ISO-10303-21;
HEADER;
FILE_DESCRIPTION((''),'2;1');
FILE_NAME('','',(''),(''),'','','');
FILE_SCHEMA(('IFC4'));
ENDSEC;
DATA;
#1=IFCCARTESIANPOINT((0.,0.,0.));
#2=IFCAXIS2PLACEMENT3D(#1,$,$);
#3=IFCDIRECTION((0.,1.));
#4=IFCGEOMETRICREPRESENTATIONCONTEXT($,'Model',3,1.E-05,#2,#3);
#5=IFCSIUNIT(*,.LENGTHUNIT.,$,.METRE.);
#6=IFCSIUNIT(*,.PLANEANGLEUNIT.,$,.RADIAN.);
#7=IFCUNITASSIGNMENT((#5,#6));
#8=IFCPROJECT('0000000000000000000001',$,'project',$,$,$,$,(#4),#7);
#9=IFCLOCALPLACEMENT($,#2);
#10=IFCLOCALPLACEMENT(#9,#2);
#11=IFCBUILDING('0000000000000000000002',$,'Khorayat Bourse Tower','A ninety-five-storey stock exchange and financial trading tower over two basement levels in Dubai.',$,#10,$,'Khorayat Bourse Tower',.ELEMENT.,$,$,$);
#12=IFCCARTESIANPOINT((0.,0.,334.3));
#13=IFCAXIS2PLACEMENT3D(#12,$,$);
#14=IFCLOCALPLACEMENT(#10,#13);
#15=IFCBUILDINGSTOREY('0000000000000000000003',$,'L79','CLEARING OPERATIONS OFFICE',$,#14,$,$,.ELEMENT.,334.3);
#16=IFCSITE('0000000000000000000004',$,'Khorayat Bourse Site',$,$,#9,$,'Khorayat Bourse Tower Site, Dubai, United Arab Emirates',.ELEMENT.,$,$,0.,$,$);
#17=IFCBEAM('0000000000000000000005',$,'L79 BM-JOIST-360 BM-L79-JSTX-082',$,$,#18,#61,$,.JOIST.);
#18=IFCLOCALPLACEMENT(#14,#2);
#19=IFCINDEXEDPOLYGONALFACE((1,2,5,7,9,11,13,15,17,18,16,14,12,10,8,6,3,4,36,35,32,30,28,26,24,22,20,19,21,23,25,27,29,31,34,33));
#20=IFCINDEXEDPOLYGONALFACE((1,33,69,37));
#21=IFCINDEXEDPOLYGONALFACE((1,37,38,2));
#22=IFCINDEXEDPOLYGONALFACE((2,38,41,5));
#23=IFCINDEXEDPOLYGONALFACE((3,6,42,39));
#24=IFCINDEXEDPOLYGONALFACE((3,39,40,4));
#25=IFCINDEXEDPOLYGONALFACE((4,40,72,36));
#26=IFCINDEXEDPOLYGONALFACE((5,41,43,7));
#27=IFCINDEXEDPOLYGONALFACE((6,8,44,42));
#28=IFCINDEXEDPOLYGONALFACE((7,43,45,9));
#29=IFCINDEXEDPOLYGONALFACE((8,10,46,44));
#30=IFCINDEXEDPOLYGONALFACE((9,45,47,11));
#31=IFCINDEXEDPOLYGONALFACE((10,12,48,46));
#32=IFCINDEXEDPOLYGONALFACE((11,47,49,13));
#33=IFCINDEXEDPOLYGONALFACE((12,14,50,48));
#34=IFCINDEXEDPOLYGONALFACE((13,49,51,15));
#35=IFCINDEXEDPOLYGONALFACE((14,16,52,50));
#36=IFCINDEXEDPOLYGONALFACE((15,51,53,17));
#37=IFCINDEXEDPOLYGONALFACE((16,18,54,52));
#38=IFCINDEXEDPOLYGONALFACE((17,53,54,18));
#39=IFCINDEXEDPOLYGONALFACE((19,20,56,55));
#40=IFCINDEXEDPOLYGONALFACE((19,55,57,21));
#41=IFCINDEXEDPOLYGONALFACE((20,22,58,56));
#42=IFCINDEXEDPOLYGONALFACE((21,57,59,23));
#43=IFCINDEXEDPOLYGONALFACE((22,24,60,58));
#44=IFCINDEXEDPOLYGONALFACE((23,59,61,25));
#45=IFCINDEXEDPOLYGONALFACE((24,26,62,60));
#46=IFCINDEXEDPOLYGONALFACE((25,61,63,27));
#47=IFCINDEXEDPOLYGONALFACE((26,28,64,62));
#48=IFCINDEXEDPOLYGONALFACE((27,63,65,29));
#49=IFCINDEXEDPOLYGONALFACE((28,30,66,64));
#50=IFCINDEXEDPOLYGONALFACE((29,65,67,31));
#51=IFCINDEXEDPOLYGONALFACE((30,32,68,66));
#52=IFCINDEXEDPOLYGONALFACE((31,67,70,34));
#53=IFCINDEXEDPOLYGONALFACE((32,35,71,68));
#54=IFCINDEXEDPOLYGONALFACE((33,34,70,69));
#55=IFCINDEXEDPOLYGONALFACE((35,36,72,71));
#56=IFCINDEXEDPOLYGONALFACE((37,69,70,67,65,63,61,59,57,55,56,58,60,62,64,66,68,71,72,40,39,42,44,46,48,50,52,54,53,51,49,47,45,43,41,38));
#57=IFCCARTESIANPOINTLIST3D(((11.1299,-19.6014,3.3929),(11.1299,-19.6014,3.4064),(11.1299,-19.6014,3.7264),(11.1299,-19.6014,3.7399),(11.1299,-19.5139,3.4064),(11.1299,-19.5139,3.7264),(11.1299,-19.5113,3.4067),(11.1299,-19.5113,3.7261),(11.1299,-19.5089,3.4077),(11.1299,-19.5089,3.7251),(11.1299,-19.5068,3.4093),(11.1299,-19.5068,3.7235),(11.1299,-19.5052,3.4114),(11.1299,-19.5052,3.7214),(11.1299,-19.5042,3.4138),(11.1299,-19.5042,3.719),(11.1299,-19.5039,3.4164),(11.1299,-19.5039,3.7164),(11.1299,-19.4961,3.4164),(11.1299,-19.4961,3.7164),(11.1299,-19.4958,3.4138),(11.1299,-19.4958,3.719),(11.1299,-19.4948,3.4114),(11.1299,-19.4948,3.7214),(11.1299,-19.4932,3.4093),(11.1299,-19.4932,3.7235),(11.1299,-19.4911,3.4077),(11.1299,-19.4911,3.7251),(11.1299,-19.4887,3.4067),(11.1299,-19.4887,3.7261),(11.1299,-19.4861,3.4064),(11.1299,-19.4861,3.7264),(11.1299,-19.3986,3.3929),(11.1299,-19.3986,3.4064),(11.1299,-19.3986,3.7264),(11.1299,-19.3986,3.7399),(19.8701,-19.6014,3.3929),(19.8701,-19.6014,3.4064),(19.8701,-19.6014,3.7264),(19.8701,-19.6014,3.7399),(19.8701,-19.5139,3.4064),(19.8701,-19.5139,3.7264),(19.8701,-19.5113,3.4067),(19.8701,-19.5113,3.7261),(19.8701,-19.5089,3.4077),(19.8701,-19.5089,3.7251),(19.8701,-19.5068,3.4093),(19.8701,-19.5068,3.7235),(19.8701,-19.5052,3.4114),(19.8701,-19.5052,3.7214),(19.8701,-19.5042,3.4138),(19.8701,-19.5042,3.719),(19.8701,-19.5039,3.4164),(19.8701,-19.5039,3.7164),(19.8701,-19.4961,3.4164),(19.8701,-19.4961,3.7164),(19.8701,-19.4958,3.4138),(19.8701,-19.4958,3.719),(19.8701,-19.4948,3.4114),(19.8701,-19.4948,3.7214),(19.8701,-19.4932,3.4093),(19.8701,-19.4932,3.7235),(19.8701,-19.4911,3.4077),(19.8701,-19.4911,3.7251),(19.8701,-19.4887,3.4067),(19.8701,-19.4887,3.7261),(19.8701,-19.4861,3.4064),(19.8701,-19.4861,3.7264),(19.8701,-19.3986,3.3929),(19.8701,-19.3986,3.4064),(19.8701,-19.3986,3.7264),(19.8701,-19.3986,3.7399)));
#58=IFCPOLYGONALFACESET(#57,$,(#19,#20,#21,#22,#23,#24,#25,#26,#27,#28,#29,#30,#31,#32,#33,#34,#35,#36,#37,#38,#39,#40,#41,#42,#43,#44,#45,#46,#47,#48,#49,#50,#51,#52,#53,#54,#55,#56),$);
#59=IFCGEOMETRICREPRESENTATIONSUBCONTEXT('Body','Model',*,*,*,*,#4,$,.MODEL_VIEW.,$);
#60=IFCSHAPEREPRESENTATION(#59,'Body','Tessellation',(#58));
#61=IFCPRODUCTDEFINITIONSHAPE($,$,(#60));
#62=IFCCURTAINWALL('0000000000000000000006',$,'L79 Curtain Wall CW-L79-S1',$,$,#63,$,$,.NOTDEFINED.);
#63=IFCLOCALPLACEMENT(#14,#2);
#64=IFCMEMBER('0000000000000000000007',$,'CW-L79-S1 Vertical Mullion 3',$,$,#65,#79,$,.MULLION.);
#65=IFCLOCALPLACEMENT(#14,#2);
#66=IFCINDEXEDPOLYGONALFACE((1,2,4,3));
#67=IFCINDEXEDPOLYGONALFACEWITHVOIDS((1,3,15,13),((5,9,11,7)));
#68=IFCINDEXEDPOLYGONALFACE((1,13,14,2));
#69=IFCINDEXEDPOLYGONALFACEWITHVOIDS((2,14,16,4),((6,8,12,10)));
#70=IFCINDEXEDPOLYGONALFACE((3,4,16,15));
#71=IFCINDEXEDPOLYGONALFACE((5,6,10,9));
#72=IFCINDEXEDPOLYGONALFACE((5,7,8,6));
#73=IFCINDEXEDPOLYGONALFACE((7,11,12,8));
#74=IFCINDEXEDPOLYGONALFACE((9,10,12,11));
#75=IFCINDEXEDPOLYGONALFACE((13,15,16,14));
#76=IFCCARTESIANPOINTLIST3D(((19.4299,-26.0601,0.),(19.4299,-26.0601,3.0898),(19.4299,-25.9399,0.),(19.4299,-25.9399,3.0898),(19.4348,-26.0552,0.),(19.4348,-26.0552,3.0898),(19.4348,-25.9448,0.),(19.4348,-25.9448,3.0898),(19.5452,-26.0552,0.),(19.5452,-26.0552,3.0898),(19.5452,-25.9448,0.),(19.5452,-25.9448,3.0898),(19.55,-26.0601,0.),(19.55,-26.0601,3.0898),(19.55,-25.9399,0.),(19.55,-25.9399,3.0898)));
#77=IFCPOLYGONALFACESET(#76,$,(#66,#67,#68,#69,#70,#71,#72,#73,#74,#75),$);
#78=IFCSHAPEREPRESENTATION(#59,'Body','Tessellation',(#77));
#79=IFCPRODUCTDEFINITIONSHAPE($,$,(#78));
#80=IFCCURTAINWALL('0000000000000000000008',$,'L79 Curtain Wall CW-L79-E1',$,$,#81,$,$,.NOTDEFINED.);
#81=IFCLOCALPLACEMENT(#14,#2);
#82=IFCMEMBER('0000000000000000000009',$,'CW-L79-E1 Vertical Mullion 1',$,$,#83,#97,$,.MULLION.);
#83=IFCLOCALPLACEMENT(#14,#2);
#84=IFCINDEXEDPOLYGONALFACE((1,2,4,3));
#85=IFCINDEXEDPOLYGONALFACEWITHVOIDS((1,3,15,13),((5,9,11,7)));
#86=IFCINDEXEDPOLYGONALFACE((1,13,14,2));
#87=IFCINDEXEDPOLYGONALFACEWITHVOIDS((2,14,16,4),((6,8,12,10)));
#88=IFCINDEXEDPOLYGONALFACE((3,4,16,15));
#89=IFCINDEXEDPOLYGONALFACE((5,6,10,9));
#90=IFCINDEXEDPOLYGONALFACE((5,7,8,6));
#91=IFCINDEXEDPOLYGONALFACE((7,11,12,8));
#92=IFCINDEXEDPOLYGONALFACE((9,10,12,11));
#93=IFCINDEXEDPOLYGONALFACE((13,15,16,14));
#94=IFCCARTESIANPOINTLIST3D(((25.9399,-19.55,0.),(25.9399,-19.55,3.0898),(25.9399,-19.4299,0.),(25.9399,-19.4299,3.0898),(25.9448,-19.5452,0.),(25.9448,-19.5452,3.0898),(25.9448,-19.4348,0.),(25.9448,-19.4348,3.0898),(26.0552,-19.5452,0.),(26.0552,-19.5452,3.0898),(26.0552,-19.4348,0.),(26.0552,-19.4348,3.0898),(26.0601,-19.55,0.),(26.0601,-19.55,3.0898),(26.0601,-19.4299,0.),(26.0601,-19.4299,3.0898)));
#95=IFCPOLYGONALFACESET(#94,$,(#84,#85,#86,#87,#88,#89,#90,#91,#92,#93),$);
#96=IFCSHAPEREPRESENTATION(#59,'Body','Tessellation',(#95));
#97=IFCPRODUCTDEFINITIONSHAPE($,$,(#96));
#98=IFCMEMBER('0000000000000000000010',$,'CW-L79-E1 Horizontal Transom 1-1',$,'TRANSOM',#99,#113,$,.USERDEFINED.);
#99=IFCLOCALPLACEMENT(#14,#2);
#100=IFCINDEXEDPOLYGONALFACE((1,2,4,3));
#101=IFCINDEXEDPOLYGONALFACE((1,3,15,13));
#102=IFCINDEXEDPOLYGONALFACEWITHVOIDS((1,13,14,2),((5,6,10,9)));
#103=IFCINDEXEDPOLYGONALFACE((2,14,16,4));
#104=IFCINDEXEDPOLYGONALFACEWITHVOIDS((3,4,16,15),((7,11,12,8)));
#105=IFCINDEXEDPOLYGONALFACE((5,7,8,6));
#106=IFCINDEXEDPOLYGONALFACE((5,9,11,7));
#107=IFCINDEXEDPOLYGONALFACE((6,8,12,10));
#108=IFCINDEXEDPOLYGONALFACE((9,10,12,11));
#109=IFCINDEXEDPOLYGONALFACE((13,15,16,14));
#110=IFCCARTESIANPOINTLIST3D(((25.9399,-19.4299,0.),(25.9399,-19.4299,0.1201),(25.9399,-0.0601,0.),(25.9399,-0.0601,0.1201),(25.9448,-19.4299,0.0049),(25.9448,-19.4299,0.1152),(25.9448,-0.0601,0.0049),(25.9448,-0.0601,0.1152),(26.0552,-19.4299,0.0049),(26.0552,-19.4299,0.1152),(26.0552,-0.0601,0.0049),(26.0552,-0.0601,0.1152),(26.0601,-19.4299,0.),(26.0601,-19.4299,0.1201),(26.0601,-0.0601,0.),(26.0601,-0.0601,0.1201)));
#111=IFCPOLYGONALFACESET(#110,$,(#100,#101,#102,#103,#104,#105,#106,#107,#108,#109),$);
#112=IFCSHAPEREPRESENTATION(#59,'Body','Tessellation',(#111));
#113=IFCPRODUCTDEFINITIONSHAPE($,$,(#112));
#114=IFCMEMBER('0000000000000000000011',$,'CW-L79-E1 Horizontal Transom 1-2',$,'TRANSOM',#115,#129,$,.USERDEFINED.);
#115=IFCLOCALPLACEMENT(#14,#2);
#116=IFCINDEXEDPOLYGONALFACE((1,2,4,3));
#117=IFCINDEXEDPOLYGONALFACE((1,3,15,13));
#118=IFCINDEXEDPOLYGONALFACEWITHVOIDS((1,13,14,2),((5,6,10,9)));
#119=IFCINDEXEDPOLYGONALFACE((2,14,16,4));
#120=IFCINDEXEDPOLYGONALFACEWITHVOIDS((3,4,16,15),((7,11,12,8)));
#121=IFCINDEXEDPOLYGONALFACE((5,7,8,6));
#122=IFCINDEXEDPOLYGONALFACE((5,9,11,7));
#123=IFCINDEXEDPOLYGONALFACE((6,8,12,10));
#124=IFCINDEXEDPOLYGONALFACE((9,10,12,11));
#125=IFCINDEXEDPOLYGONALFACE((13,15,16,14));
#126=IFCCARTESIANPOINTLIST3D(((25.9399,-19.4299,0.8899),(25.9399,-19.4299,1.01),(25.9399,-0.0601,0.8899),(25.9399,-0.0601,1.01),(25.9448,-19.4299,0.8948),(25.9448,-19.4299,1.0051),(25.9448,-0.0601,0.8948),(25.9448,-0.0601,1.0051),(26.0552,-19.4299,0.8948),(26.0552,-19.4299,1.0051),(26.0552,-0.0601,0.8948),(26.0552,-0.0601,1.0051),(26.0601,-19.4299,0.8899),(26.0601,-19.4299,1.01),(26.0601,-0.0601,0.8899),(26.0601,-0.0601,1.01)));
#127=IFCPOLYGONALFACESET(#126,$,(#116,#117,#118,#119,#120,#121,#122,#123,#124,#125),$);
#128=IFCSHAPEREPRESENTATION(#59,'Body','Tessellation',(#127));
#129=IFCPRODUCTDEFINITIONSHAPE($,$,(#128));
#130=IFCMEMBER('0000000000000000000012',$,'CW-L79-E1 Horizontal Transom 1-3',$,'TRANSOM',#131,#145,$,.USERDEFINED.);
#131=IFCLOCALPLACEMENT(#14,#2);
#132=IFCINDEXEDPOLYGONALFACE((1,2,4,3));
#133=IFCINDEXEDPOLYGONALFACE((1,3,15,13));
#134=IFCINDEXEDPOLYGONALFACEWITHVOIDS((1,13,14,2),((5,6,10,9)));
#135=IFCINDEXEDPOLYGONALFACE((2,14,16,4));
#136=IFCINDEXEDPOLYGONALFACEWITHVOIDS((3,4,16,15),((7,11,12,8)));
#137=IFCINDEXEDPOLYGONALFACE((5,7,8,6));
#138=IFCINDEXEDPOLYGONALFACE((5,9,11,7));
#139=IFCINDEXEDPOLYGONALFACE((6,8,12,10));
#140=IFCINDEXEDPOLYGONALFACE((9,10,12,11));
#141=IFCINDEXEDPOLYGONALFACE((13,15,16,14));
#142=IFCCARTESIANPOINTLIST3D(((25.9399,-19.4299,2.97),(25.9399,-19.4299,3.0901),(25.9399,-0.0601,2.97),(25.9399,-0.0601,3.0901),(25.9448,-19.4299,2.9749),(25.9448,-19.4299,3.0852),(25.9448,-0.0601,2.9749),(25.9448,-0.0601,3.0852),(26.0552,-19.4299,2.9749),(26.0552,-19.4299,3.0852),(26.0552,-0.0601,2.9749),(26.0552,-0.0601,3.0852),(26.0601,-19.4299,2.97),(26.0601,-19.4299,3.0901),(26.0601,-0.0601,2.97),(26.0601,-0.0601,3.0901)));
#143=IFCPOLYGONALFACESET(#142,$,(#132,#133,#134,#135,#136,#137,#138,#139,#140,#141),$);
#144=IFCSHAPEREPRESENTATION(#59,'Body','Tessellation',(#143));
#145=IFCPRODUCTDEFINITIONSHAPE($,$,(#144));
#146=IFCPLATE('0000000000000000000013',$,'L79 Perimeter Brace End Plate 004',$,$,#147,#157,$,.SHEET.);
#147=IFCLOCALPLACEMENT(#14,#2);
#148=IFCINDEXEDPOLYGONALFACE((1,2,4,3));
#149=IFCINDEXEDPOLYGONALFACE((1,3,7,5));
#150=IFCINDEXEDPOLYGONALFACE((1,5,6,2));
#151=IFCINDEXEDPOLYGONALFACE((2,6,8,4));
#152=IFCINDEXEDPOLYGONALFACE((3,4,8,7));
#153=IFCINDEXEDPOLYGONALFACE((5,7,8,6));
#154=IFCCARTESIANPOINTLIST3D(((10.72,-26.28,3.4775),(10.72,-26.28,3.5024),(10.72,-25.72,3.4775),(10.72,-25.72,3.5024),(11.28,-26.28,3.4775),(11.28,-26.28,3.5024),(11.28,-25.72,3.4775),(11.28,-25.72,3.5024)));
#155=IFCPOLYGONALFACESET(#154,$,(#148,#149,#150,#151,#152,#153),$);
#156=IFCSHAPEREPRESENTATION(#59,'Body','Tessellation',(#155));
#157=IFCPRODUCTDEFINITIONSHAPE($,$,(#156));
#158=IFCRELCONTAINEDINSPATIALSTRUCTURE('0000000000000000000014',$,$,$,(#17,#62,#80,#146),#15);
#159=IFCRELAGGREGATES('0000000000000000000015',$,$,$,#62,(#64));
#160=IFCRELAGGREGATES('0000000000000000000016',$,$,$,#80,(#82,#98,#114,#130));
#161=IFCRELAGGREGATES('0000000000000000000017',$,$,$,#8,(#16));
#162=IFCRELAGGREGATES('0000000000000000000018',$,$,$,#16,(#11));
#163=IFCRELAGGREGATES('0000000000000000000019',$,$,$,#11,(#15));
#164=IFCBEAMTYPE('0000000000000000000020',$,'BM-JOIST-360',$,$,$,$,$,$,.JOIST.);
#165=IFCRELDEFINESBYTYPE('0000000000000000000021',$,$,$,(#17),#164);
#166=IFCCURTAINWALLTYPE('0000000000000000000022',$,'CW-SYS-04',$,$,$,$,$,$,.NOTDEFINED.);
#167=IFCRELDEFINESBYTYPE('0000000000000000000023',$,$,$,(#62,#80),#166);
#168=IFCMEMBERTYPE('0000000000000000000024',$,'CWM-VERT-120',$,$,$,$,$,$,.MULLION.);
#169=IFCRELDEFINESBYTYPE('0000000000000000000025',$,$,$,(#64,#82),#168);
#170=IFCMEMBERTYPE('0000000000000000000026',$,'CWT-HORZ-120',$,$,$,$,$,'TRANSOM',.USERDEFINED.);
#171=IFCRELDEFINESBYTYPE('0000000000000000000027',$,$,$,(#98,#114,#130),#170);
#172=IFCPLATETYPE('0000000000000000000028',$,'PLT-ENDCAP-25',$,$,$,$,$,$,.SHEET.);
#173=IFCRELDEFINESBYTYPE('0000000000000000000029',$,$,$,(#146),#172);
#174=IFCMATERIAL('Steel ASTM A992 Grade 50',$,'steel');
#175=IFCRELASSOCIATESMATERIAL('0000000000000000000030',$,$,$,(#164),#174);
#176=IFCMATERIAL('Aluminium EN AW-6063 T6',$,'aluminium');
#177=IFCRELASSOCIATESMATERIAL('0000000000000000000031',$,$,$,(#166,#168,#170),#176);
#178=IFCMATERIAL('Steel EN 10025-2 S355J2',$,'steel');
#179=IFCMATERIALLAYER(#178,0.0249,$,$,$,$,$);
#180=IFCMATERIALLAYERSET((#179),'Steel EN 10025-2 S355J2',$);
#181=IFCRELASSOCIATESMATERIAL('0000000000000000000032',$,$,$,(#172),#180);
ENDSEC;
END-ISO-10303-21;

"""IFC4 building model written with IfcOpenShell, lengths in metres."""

from ifc_helpers import new_model, si_unit, direction, frame, origin, origin_2d, place, context, subcontext, project, spatial, rectangle, hollow_rectangle, i_section, extrude, source, transform, mapped, material, layer, layer_set, material_profile, profile_set, type_object, element, aggregate, save


model = new_model("IFC4")

# Units and contexts
model_context = context("Model", 3, precision=1e-05, world=origin(), true_north=direction((0.0, 1.0)))
body_context = subcontext(model_context, "Body", "Model", "MODEL_VIEW")
ifc_project = project(units=[si_unit("LENGTHUNIT", "METRE"), si_unit("PLANEANGLEUNIT", "RADIAN")], contexts=[model_context])

# Site, building, storey
site_placement = place(None, origin())
site = spatial("IfcSite", under=ifc_project, at=site_placement, Name="Khorayat Bourse Site", LongName="Khorayat Bourse Tower Site, Dubai, United Arab Emirates", CompositionType="ELEMENT", RefElevation=0.0)
building_placement = place(site_placement, origin())
building = spatial("IfcBuilding", under=site, at=building_placement, Name="Khorayat Bourse Tower", Description="A ninety-five-storey stock exchange and financial trading tower over two basement levels in Dubai.", LongName="Khorayat Bourse Tower", CompositionType="ELEMENT")
storey_placement = place(building_placement, frame((0.0, 0.0, 334.3)))
storey = spatial("IfcBuildingStorey", under=building, at=storey_placement, Name="L79", Description="CLEARING OPERATIONS OFFICE", CompositionType="ELEMENT", Elevation=334.3)

# Shared definitions
ifc_material_1 = material(Name="Steel EN 10025-2 S355J2", Category="steel")

# Beam
ifc_material_2 = material(Name="Steel ASTM A992 Grade 50", Category="steel")
ifc_material_profile_1 = material_profile(ifc_material_2, i_section(OverallWidth=0.2029, OverallDepth=0.3469, WebThickness=0.0078, FlangeThickness=0.0134, FilletRadius=0.01, at=origin_2d()), Name="W360X64")
ifc_profile_set_1 = profile_set([ifc_material_profile_1], Name="Steel ASTM A992 Grade 50")
beam_type_1 = type_object("IfcBeamType", Name="BM-JOIST-360", PredefinedType="JOIST", material=ifc_profile_set_1)
shared_shape_1 = source(origin(), body_context, "Body", "SweptSolid", [
    extrude(i_section(OverallWidth=0.2029, OverallDepth=0.3469, WebThickness=0.0078, FlangeThickness=0.0134, FilletRadius=0.01, at=origin_2d()), origin(), (0.0, 0.0, 1.0), 8.7402),
])
beam_1_placement = place(storey_placement, frame((11.1299, -19.5, 3.5664), z_axis=(1.0, 0.0, 0.0), x_axis=(0.0, 1.0, 0.0)))
element("IfcBeam", 1, at=beam_1_placement, inside=storey, type_object=beam_type_1, Name="L79 BM-JOIST-360 BM-L79-JSTX-082", PredefinedType="JOIST", context=body_context, shape_type="MappedRepresentation", body=[
    mapped(shared_shape_1, transform((0.0, 0.0, 0.0), scale=1.0)),
])

# Curtain wall, member
ifc_material_3 = material(Name="Aluminium EN AW-6063 T6", Category="aluminium")
curtain_wall_type = type_object("IfcCurtainWallType", Name="CW-SYS-04", PredefinedType="NOTDEFINED", material=ifc_material_3)
curtain_wall_1_placement = place(storey_placement, origin())
curtain_wall_1 = element("IfcCurtainWall", 2, at=curtain_wall_1_placement, inside=storey, type_object=curtain_wall_type, Name="L79 Curtain Wall CW-L79-S1", PredefinedType="NOTDEFINED")
ifc_material_profile_2 = material_profile(ifc_material_3, hollow_rectangle(XDim=0.1201, YDim=0.1201, WallThickness=0.0049, at=origin_2d()), Name="ALU 120x120x5")
ifc_profile_set_2 = profile_set([ifc_material_profile_2], Name="Aluminium EN AW-6063 T6")
member_type_1 = type_object("IfcMemberType", Name="CWM-VERT-120", PredefinedType="MULLION", material=ifc_profile_set_2)
shared_shape_2 = source(origin(), body_context, "Body", "SweptSolid", [
    extrude(hollow_rectangle(XDim=0.1201, YDim=0.1201, WallThickness=0.0049, at=origin_2d()), origin(), (0.0, 0.0, 1.0), 3.0898),
])
member_1_placement = place(storey_placement, frame((19.49, -26.0, 0.0), z_axis=(0.0, 0.0, 1.0), x_axis=(0.0, 1.0, 0.0)))
member_1 = element("IfcMember", 3, at=member_1_placement, type_object=member_type_1, Name="CW-L79-S1 Vertical Mullion 3", PredefinedType="MULLION", context=body_context, shape_type="MappedRepresentation", body=[
    mapped(shared_shape_2, transform((0.0, 0.0, 0.0), scale=1.0)),
])
aggregate(curtain_wall_1, [member_1])

# Curtain wall, members
curtain_wall_2_placement = place(storey_placement, origin())
curtain_wall_2 = element("IfcCurtainWall", 4, at=curtain_wall_2_placement, inside=storey, type_object=curtain_wall_type, Name="L79 Curtain Wall CW-L79-E1", PredefinedType="NOTDEFINED")
member_2_placement = place(storey_placement, frame((26.0, -19.49, 0.0), z_axis=(0.0, 0.0, 1.0), x_axis=(-1.0, 0.0, 0.0)))
member_2 = element("IfcMember", 5, at=member_2_placement, type_object=member_type_1, Name="CW-L79-E1 Vertical Mullion 1", PredefinedType="MULLION", context=body_context, shape_type="MappedRepresentation", body=[
    mapped(shared_shape_2, transform((0.0, 0.0, 0.0), scale=1.0)),
])
ifc_material_profile_3 = material_profile(ifc_material_3, hollow_rectangle(XDim=0.1201, YDim=0.1201, WallThickness=0.0049, at=origin_2d()), Name="ALU 120x120x5")
ifc_profile_set_3 = profile_set([ifc_material_profile_3], Name="Aluminium EN AW-6063 T6")
member_type_2 = type_object("IfcMemberType", Name="CWT-HORZ-120", ElementType="TRANSOM", PredefinedType="USERDEFINED", material=ifc_profile_set_3)
shared_shape_3 = source(origin(), body_context, "Body", "SweptSolid", [
    extrude(hollow_rectangle(XDim=0.1201, YDim=0.1201, WallThickness=0.0049, at=origin_2d()), origin(), (0.0, 0.0, 1.0), 19.3699),
])
member_3_placement = place(storey_placement, frame((26.0, -19.4299, 0.0601), z_axis=(0.0, 1.0, 0.0), x_axis=(-1.0, 0.0, 0.0)))
member_3 = element("IfcMember", 6, at=member_3_placement, type_object=member_type_2, Name="CW-L79-E1 Horizontal Transom 1-1", ObjectType="TRANSOM", PredefinedType="USERDEFINED", context=body_context, shape_type="MappedRepresentation", body=[
    mapped(shared_shape_3, transform((0.0, 0.0, 0.0), scale=1.0)),
])
member_4_placement = place(storey_placement, frame((26.0, -19.4299, 0.95), z_axis=(0.0, 1.0, 0.0), x_axis=(-1.0, 0.0, 0.0)))
member_4 = element("IfcMember", 7, at=member_4_placement, type_object=member_type_2, Name="CW-L79-E1 Horizontal Transom 1-2", ObjectType="TRANSOM", PredefinedType="USERDEFINED", context=body_context, shape_type="MappedRepresentation", body=[
    mapped(shared_shape_3, transform((0.0, 0.0, 0.0), scale=1.0)),
])
member_5_placement = place(storey_placement, frame((26.0, -19.4299, 3.03), z_axis=(0.0, 1.0, 0.0), x_axis=(-1.0, 0.0, 0.0)))
member_5 = element("IfcMember", 8, at=member_5_placement, type_object=member_type_2, Name="CW-L79-E1 Horizontal Transom 1-3", ObjectType="TRANSOM", PredefinedType="USERDEFINED", context=body_context, shape_type="MappedRepresentation", body=[
    mapped(shared_shape_3, transform((0.0, 0.0, 0.0), scale=1.0)),
])
aggregate(curtain_wall_2, [member_2, member_3, member_4, member_5])

# Plate
ifc_layer_1 = layer(ifc_material_1, 0.0249)
ifc_layer_set_1 = layer_set([ifc_layer_1], Name="Steel EN 10025-2 S355J2")
plate_type = type_object("IfcPlateType", Name="PLT-ENDCAP-25", PredefinedType="SHEET", material=ifc_layer_set_1)
shared_shape_4 = source(origin(), body_context, "Body", "SweptSolid", [
    extrude(rectangle(XDim=0.5601, YDim=0.5601, at=origin_2d()), origin(), (0.0, 0.0, 1.0), 0.0249),
])
plate_placement = place(storey_placement, frame((11.0, -26.0, 3.4775), z_axis=(0.0, 0.0, 1.0), x_axis=(1.0, 0.0, 0.0)))
element("IfcPlate", 9, at=plate_placement, inside=storey, type_object=plate_type, Name="L79 Perimeter Brace End Plate 004", PredefinedType="SHEET", context=body_context, shape_type="MappedRepresentation", body=[
    mapped(shared_shape_4, transform((0.0, 0.0, 0.0), scale=1.0)),
])

save(model, "model.ifc")
